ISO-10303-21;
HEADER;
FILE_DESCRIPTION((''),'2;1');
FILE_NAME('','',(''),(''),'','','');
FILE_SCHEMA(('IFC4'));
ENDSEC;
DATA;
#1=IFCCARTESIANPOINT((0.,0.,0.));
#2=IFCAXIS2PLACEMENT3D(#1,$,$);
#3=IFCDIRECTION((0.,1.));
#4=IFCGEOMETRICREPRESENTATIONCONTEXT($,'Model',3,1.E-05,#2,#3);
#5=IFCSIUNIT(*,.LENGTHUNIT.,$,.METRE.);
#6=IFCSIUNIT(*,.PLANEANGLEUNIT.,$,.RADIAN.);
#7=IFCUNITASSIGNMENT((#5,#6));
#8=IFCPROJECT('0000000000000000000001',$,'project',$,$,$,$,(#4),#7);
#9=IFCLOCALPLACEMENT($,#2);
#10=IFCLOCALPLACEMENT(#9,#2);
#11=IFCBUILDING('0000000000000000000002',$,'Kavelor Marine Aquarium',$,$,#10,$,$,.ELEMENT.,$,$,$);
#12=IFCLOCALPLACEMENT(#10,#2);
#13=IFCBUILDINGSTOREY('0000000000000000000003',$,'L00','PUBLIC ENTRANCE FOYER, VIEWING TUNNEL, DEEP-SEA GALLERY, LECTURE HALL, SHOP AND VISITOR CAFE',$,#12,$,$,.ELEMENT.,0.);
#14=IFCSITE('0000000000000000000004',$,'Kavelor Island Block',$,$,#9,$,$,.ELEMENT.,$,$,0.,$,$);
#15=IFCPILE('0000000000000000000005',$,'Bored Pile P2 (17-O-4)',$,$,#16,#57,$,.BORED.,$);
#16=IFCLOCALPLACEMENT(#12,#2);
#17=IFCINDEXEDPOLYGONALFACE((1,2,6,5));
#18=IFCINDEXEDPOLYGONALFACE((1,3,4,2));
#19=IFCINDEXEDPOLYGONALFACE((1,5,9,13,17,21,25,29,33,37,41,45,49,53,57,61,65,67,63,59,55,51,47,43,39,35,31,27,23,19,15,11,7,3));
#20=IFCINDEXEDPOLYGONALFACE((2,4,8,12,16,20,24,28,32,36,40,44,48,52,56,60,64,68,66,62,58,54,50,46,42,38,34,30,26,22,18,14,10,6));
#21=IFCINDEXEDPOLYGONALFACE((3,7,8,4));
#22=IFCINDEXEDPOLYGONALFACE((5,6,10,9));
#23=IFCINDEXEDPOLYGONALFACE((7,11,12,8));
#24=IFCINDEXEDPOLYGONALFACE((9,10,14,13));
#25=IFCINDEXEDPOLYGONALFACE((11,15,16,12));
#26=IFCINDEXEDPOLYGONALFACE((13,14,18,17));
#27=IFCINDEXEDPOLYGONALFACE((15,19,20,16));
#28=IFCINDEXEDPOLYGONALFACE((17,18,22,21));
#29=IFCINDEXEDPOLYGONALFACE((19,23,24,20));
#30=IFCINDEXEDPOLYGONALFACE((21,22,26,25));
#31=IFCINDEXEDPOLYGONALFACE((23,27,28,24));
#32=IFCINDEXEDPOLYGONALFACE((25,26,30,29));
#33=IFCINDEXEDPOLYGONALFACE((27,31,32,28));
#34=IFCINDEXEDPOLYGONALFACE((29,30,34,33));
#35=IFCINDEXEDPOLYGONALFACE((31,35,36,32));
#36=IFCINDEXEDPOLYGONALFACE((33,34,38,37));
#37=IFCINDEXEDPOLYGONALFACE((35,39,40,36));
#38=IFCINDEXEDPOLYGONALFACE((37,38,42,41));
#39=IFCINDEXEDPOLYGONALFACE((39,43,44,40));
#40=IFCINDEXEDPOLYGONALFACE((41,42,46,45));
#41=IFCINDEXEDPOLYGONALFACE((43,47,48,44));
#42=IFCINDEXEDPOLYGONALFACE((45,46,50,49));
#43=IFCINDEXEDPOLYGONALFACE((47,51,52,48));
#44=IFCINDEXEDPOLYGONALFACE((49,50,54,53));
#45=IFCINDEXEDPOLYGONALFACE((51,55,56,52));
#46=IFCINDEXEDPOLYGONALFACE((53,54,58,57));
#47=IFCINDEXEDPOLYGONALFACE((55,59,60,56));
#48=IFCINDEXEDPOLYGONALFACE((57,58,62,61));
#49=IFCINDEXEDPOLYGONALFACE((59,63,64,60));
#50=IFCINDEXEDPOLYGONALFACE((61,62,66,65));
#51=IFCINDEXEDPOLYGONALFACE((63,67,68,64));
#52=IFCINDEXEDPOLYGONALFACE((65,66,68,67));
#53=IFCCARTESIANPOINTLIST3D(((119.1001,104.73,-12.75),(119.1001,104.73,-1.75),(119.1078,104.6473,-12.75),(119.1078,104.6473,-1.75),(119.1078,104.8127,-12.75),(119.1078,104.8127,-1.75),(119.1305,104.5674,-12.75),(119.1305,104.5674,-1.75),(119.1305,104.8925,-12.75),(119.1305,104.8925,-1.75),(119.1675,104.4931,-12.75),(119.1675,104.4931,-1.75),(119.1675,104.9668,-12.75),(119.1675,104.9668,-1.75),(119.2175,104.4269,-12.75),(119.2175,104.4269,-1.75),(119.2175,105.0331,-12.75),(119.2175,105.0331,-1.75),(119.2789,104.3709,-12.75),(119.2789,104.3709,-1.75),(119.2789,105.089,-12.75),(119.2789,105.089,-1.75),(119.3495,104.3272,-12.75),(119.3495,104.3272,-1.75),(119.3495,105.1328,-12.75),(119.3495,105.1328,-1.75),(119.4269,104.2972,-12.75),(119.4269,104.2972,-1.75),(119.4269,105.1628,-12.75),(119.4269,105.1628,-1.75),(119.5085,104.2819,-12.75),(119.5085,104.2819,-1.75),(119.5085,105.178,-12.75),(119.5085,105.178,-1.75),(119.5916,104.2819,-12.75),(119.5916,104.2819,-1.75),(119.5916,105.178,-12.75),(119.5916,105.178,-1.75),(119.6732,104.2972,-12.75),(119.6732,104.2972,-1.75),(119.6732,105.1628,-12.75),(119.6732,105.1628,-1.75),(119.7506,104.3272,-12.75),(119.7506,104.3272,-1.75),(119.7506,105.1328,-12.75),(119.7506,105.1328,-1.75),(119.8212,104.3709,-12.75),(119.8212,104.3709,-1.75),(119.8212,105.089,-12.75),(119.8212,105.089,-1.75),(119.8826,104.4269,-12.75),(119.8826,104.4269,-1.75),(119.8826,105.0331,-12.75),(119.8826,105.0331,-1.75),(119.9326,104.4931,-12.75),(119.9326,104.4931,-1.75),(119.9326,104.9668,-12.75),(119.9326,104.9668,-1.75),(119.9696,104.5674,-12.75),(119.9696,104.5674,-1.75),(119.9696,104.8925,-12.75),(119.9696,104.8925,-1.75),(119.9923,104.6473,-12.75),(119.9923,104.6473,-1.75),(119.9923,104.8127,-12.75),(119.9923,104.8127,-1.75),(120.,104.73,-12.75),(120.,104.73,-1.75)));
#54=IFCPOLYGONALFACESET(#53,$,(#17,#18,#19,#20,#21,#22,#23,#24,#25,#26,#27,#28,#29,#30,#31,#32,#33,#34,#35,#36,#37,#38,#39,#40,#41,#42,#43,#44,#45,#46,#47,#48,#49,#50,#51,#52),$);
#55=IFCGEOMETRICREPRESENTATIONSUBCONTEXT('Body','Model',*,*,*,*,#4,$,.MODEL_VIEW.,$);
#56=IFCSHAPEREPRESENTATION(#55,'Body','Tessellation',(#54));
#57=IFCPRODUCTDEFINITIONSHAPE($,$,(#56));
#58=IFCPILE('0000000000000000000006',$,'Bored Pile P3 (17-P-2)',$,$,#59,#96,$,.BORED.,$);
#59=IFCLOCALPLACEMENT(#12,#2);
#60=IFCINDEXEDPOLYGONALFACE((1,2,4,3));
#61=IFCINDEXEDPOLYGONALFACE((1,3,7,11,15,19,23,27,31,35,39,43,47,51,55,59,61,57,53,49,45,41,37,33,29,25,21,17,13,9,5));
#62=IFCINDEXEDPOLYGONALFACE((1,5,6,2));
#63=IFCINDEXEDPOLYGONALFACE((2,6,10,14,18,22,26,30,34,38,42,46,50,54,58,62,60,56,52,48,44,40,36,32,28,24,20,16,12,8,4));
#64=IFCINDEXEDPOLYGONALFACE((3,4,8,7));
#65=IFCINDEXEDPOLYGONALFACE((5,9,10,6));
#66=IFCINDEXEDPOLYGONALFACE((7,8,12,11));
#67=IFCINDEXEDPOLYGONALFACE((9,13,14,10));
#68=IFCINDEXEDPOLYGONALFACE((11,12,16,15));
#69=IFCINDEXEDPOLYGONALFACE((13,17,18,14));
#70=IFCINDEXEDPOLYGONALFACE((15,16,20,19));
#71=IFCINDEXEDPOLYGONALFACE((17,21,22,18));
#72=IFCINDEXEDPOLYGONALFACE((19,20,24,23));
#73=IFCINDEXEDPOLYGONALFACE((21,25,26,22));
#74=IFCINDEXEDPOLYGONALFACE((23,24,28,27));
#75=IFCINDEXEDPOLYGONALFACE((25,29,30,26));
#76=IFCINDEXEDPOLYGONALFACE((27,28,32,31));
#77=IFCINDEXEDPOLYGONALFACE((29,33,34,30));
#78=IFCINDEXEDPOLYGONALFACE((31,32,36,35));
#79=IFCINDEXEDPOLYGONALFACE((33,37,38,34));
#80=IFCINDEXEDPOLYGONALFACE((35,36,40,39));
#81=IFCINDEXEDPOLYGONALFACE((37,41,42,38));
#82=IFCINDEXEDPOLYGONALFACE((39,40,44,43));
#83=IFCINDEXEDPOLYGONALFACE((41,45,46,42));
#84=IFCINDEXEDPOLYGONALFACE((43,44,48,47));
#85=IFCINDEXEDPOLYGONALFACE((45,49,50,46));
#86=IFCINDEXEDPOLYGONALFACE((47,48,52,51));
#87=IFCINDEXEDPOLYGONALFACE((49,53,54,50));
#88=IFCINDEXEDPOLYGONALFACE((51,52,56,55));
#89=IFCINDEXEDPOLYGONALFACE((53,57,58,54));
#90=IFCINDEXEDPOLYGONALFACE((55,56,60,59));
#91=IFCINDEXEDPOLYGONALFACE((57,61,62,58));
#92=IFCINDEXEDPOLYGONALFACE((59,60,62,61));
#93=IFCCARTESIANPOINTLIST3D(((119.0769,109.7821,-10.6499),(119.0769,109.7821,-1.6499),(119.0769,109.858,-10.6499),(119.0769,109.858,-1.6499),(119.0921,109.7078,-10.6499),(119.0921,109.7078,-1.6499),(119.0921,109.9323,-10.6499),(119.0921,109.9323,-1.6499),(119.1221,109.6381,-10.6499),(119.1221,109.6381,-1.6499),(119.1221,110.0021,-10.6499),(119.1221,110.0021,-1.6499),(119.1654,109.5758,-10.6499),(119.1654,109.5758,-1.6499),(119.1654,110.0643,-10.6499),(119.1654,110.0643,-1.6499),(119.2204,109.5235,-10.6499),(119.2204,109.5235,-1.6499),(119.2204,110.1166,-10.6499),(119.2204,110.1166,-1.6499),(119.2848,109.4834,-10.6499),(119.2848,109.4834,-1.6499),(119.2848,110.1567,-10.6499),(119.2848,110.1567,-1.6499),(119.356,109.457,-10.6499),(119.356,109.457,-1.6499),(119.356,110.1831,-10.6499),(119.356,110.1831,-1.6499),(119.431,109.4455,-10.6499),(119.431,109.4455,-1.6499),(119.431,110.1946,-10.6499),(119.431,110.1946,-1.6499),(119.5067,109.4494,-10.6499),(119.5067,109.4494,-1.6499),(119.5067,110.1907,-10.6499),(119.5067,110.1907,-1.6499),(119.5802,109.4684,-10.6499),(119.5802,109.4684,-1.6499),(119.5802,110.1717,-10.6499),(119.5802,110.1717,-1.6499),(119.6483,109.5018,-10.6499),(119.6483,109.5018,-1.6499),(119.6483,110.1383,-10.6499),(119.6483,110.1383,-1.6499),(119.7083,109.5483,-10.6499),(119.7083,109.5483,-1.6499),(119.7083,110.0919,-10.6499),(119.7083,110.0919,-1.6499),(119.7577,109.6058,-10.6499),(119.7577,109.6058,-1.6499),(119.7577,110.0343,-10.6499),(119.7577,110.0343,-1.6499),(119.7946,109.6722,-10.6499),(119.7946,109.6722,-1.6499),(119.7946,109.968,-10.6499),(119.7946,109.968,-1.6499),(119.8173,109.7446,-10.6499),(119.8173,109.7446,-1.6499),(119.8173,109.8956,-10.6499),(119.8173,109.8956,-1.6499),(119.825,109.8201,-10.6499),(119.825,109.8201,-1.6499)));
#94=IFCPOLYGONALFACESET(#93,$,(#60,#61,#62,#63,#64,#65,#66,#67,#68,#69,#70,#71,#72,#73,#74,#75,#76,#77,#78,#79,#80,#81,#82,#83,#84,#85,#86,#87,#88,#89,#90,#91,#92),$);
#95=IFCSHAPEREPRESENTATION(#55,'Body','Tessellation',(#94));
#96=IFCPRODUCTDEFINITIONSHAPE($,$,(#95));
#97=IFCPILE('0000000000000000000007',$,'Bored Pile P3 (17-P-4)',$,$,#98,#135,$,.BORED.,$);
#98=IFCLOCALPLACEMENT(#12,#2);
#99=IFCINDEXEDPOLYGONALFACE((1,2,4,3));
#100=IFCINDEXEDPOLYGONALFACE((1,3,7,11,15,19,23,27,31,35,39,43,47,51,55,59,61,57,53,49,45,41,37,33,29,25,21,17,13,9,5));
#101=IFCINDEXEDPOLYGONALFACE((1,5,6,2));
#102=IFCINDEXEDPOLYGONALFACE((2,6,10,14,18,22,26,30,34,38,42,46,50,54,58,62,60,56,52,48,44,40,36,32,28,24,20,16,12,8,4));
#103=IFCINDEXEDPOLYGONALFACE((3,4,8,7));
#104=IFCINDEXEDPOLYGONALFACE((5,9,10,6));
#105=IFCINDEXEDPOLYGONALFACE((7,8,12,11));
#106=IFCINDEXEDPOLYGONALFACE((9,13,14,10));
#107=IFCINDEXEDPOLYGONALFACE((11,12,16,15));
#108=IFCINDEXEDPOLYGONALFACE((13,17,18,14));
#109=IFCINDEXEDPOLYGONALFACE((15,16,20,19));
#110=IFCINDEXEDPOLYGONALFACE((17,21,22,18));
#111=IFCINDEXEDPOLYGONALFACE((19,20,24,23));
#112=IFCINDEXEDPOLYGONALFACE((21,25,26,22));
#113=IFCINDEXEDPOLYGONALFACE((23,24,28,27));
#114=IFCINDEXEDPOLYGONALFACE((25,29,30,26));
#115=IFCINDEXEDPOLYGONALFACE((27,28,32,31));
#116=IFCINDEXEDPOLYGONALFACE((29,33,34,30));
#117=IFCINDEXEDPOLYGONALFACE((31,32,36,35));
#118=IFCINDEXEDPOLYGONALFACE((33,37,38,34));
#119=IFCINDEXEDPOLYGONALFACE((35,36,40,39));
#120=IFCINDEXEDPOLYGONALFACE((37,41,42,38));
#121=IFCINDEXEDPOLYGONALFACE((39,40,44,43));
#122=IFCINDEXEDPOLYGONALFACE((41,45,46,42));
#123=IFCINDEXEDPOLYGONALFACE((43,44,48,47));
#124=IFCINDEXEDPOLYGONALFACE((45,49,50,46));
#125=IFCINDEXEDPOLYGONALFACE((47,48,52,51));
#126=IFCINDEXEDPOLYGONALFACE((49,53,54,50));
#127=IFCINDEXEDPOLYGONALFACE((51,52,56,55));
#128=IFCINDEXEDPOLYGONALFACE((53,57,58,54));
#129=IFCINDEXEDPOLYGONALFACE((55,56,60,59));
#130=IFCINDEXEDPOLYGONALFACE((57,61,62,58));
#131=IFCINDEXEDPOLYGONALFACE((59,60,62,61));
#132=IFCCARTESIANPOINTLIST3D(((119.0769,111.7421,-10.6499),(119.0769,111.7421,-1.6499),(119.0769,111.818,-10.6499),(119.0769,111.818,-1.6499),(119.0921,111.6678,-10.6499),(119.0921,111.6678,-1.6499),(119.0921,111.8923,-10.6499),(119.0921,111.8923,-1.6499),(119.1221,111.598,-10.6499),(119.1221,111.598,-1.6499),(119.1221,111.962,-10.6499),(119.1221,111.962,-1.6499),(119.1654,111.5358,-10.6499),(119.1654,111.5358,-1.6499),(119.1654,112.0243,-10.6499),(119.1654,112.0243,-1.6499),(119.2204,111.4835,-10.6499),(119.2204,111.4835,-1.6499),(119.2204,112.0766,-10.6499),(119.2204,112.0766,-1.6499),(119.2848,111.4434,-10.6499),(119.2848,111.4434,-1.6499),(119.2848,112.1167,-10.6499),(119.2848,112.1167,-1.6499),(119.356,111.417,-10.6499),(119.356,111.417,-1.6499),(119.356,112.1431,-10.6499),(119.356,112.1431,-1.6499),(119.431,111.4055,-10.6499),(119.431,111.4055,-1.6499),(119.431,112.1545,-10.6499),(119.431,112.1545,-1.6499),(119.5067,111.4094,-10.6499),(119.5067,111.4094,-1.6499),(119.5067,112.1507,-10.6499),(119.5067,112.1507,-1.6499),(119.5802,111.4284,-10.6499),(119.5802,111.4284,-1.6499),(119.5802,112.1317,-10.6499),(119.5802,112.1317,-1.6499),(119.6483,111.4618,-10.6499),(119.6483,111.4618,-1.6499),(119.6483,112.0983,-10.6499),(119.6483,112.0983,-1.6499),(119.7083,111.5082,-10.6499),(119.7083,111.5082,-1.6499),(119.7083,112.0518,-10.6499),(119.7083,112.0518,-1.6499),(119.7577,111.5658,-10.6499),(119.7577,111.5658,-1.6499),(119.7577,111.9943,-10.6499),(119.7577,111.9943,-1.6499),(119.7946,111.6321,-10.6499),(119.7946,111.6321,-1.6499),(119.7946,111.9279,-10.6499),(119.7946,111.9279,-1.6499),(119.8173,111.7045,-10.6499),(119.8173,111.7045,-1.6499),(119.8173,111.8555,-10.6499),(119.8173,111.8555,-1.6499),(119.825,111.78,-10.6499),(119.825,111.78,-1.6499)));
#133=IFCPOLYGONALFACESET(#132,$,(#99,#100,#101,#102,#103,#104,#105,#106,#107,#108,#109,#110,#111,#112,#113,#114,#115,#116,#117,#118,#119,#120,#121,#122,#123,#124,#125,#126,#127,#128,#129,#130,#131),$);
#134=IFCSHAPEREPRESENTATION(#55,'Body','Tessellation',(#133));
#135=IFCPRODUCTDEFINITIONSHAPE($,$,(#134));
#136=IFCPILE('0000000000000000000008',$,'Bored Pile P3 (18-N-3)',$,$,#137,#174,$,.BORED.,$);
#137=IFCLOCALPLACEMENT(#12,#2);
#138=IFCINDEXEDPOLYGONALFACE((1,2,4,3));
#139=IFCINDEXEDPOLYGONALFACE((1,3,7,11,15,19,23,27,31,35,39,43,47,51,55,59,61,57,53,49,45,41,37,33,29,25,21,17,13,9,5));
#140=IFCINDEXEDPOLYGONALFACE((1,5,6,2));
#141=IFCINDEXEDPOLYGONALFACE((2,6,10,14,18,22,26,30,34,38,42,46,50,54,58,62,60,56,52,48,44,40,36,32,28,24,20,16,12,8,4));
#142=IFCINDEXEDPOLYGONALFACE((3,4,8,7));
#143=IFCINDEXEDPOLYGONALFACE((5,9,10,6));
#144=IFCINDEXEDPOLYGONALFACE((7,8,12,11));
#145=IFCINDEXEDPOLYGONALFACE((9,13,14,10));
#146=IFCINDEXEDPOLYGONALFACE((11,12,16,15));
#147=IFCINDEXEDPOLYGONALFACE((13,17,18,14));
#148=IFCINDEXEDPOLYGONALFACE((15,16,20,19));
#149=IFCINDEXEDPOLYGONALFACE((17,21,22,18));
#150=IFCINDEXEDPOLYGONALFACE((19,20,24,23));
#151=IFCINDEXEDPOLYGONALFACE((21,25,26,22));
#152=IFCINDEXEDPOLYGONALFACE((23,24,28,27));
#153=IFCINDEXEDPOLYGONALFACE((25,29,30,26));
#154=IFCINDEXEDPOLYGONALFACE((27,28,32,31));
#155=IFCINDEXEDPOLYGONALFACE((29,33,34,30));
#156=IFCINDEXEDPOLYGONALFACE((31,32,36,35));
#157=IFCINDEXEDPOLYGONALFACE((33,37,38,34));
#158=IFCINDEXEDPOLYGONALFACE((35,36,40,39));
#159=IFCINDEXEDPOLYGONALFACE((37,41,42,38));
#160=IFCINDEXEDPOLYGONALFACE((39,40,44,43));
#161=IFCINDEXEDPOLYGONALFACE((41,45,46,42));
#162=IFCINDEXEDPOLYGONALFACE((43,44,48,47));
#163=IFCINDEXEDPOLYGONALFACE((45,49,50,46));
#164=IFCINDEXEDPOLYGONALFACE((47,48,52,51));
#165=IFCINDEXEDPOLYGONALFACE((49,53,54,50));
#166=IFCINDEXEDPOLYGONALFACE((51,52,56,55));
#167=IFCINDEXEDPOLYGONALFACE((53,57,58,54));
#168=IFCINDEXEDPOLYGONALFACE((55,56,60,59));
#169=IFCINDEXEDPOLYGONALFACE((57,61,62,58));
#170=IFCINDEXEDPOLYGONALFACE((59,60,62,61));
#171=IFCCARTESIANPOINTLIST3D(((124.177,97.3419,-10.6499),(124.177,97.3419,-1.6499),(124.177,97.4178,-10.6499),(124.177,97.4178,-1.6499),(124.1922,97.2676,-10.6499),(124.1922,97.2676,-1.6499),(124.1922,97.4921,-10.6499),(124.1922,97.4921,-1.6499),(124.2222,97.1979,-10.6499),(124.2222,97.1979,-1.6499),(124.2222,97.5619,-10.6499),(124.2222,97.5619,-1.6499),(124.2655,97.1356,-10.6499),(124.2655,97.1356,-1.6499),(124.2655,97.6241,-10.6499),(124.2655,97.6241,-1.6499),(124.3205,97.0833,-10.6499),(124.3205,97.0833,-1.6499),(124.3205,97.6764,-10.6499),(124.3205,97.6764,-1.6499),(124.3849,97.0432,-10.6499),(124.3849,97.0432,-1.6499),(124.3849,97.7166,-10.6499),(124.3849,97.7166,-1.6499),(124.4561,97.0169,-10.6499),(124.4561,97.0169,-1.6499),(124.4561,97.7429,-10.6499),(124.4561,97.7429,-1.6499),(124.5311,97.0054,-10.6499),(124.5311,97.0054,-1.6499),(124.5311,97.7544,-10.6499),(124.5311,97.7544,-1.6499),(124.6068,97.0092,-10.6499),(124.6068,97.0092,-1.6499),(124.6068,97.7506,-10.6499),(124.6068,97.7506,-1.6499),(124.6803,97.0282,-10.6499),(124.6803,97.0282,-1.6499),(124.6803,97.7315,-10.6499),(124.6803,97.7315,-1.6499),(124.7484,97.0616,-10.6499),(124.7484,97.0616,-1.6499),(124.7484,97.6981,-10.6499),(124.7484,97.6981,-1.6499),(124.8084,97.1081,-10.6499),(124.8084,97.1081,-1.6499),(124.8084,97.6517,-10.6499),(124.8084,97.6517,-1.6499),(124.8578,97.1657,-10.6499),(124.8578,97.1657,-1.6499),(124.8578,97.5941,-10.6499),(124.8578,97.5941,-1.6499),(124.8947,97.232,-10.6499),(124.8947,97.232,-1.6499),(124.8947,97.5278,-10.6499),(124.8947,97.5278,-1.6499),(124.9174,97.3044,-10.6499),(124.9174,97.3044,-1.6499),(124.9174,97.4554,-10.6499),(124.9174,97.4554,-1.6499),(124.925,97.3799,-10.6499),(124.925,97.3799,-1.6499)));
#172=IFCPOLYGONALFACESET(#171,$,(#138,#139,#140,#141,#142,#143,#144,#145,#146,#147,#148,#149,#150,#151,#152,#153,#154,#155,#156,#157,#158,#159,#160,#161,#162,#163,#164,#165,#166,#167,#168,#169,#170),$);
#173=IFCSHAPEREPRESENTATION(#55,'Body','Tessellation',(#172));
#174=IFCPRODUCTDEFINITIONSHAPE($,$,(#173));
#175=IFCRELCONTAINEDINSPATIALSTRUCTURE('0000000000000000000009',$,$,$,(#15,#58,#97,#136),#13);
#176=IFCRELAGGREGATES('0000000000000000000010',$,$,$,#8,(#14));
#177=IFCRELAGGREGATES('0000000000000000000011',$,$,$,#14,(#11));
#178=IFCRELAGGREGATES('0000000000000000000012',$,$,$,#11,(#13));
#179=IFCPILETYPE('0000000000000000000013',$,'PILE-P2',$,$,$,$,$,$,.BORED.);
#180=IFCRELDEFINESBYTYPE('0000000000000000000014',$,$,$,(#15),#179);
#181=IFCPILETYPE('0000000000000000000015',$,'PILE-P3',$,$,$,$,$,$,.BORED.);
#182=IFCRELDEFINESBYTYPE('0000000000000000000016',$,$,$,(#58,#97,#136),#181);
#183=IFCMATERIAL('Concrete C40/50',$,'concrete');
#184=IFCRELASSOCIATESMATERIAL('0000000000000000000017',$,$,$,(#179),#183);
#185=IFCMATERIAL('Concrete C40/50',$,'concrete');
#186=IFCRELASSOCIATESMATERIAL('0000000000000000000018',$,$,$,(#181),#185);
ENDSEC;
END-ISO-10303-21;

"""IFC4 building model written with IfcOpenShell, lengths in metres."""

from ifc_helpers import new_model, si_unit, direction, frame, origin, origin_2d, place, context, subcontext, project, spatial, circle, extrude, material, material_profile, profile_set, type_object, element, save


model = new_model("IFC4")

# Units and contexts
model_context = context("Model", 3, precision=1e-05, world=origin(), true_north=direction((0.0, 1.0)))
body_context = subcontext(model_context, "Body", "Model", "MODEL_VIEW")
ifc_project = project(units=[si_unit("LENGTHUNIT", "METRE"), si_unit("PLANEANGLEUNIT", "RADIAN")], contexts=[model_context])

# Site, building, storey
site_placement = place(None, origin())
site = spatial("IfcSite", under=ifc_project, at=site_placement, Name="Kavelor Island Block", CompositionType="ELEMENT", RefElevation=0.0)
building_placement = place(site_placement, origin())
building = spatial("IfcBuilding", under=site, at=building_placement, Name="Kavelor Marine Aquarium", CompositionType="ELEMENT")
storey_placement = place(building_placement, origin())
storey = spatial("IfcBuildingStorey", under=building, at=storey_placement, Name="L00", Description="PUBLIC ENTRANCE FOYER, VIEWING TUNNEL, DEEP-SEA GALLERY, LECTURE HALL, SHOP AND VISITOR CAFE", CompositionType="ELEMENT", Elevation=0.0)

# Piles
ifc_material_1 = material(Name="Concrete C40/50", Category="concrete")
ifc_material_profile_1 = material_profile(ifc_material_1, circle(Radius=0.45, at=origin_2d()), Name="PILE D900")
ifc_profile_set_1 = profile_set([ifc_material_profile_1], Name="Concrete C40/50")
pile_type_1 = type_object("IfcPileType", Name="PILE-P2", PredefinedType="BORED", material=ifc_profile_set_1)
for number, where, z_axis, x_axis, name in (
    (1, (119.55, 104.73, -1.75), (0.0, 0.0, -1.0), (1.0, 0.0, 0.0), "Bored Pile P2 (17-O-4)"),
):
    element("IfcPile", number, at=place(storey_placement, frame(where, z_axis=z_axis, x_axis=x_axis)), inside=storey, type_object=pile_type_1, Name=name, PredefinedType="BORED", context=body_context, shape_type="SweptSolid", body=[
        extrude(circle(Radius=0.45, at=origin_2d()), origin(), (0.0, 0.0, 1.0), 11.0),
    ])
ifc_material_2 = material(Name="Concrete C40/50", Category="concrete")
ifc_material_profile_2 = material_profile(ifc_material_2, circle(Radius=0.375, at=origin_2d()), Name="PILE D750")
ifc_profile_set_2 = profile_set([ifc_material_profile_2], Name="Concrete C40/50")
pile_type_2 = type_object("IfcPileType", Name="PILE-P3", PredefinedType="BORED", material=ifc_profile_set_2)
for number, where, z_axis, x_axis, name in (
    (2, (119.45, 109.8201, -1.6499), (0.0, 0.0, -1.0), (1.0, 0.0, 0.0), "Bored Pile P3 (17-P-2)"),
    (3, (119.45, 111.78, -1.6499), (0.0, 0.0, -1.0), (1.0, 0.0, 0.0), "Bored Pile P3 (17-P-4)"),
    (4, (124.55, 97.3799, -1.6499), (0.0, 0.0, -1.0), (1.0, 0.0, 0.0), "Bored Pile P3 (18-N-3)"),
):
    element("IfcPile", number, at=place(storey_placement, frame(where, z_axis=z_axis, x_axis=x_axis)), inside=storey, type_object=pile_type_2, Name=name, PredefinedType="BORED", context=body_context, shape_type="SweptSolid", body=[
        extrude(circle(Radius=0.375, at=origin_2d()), origin(), (0.0, 0.0, 1.0), 9.0),
    ])

save(model, "model.ifc")
